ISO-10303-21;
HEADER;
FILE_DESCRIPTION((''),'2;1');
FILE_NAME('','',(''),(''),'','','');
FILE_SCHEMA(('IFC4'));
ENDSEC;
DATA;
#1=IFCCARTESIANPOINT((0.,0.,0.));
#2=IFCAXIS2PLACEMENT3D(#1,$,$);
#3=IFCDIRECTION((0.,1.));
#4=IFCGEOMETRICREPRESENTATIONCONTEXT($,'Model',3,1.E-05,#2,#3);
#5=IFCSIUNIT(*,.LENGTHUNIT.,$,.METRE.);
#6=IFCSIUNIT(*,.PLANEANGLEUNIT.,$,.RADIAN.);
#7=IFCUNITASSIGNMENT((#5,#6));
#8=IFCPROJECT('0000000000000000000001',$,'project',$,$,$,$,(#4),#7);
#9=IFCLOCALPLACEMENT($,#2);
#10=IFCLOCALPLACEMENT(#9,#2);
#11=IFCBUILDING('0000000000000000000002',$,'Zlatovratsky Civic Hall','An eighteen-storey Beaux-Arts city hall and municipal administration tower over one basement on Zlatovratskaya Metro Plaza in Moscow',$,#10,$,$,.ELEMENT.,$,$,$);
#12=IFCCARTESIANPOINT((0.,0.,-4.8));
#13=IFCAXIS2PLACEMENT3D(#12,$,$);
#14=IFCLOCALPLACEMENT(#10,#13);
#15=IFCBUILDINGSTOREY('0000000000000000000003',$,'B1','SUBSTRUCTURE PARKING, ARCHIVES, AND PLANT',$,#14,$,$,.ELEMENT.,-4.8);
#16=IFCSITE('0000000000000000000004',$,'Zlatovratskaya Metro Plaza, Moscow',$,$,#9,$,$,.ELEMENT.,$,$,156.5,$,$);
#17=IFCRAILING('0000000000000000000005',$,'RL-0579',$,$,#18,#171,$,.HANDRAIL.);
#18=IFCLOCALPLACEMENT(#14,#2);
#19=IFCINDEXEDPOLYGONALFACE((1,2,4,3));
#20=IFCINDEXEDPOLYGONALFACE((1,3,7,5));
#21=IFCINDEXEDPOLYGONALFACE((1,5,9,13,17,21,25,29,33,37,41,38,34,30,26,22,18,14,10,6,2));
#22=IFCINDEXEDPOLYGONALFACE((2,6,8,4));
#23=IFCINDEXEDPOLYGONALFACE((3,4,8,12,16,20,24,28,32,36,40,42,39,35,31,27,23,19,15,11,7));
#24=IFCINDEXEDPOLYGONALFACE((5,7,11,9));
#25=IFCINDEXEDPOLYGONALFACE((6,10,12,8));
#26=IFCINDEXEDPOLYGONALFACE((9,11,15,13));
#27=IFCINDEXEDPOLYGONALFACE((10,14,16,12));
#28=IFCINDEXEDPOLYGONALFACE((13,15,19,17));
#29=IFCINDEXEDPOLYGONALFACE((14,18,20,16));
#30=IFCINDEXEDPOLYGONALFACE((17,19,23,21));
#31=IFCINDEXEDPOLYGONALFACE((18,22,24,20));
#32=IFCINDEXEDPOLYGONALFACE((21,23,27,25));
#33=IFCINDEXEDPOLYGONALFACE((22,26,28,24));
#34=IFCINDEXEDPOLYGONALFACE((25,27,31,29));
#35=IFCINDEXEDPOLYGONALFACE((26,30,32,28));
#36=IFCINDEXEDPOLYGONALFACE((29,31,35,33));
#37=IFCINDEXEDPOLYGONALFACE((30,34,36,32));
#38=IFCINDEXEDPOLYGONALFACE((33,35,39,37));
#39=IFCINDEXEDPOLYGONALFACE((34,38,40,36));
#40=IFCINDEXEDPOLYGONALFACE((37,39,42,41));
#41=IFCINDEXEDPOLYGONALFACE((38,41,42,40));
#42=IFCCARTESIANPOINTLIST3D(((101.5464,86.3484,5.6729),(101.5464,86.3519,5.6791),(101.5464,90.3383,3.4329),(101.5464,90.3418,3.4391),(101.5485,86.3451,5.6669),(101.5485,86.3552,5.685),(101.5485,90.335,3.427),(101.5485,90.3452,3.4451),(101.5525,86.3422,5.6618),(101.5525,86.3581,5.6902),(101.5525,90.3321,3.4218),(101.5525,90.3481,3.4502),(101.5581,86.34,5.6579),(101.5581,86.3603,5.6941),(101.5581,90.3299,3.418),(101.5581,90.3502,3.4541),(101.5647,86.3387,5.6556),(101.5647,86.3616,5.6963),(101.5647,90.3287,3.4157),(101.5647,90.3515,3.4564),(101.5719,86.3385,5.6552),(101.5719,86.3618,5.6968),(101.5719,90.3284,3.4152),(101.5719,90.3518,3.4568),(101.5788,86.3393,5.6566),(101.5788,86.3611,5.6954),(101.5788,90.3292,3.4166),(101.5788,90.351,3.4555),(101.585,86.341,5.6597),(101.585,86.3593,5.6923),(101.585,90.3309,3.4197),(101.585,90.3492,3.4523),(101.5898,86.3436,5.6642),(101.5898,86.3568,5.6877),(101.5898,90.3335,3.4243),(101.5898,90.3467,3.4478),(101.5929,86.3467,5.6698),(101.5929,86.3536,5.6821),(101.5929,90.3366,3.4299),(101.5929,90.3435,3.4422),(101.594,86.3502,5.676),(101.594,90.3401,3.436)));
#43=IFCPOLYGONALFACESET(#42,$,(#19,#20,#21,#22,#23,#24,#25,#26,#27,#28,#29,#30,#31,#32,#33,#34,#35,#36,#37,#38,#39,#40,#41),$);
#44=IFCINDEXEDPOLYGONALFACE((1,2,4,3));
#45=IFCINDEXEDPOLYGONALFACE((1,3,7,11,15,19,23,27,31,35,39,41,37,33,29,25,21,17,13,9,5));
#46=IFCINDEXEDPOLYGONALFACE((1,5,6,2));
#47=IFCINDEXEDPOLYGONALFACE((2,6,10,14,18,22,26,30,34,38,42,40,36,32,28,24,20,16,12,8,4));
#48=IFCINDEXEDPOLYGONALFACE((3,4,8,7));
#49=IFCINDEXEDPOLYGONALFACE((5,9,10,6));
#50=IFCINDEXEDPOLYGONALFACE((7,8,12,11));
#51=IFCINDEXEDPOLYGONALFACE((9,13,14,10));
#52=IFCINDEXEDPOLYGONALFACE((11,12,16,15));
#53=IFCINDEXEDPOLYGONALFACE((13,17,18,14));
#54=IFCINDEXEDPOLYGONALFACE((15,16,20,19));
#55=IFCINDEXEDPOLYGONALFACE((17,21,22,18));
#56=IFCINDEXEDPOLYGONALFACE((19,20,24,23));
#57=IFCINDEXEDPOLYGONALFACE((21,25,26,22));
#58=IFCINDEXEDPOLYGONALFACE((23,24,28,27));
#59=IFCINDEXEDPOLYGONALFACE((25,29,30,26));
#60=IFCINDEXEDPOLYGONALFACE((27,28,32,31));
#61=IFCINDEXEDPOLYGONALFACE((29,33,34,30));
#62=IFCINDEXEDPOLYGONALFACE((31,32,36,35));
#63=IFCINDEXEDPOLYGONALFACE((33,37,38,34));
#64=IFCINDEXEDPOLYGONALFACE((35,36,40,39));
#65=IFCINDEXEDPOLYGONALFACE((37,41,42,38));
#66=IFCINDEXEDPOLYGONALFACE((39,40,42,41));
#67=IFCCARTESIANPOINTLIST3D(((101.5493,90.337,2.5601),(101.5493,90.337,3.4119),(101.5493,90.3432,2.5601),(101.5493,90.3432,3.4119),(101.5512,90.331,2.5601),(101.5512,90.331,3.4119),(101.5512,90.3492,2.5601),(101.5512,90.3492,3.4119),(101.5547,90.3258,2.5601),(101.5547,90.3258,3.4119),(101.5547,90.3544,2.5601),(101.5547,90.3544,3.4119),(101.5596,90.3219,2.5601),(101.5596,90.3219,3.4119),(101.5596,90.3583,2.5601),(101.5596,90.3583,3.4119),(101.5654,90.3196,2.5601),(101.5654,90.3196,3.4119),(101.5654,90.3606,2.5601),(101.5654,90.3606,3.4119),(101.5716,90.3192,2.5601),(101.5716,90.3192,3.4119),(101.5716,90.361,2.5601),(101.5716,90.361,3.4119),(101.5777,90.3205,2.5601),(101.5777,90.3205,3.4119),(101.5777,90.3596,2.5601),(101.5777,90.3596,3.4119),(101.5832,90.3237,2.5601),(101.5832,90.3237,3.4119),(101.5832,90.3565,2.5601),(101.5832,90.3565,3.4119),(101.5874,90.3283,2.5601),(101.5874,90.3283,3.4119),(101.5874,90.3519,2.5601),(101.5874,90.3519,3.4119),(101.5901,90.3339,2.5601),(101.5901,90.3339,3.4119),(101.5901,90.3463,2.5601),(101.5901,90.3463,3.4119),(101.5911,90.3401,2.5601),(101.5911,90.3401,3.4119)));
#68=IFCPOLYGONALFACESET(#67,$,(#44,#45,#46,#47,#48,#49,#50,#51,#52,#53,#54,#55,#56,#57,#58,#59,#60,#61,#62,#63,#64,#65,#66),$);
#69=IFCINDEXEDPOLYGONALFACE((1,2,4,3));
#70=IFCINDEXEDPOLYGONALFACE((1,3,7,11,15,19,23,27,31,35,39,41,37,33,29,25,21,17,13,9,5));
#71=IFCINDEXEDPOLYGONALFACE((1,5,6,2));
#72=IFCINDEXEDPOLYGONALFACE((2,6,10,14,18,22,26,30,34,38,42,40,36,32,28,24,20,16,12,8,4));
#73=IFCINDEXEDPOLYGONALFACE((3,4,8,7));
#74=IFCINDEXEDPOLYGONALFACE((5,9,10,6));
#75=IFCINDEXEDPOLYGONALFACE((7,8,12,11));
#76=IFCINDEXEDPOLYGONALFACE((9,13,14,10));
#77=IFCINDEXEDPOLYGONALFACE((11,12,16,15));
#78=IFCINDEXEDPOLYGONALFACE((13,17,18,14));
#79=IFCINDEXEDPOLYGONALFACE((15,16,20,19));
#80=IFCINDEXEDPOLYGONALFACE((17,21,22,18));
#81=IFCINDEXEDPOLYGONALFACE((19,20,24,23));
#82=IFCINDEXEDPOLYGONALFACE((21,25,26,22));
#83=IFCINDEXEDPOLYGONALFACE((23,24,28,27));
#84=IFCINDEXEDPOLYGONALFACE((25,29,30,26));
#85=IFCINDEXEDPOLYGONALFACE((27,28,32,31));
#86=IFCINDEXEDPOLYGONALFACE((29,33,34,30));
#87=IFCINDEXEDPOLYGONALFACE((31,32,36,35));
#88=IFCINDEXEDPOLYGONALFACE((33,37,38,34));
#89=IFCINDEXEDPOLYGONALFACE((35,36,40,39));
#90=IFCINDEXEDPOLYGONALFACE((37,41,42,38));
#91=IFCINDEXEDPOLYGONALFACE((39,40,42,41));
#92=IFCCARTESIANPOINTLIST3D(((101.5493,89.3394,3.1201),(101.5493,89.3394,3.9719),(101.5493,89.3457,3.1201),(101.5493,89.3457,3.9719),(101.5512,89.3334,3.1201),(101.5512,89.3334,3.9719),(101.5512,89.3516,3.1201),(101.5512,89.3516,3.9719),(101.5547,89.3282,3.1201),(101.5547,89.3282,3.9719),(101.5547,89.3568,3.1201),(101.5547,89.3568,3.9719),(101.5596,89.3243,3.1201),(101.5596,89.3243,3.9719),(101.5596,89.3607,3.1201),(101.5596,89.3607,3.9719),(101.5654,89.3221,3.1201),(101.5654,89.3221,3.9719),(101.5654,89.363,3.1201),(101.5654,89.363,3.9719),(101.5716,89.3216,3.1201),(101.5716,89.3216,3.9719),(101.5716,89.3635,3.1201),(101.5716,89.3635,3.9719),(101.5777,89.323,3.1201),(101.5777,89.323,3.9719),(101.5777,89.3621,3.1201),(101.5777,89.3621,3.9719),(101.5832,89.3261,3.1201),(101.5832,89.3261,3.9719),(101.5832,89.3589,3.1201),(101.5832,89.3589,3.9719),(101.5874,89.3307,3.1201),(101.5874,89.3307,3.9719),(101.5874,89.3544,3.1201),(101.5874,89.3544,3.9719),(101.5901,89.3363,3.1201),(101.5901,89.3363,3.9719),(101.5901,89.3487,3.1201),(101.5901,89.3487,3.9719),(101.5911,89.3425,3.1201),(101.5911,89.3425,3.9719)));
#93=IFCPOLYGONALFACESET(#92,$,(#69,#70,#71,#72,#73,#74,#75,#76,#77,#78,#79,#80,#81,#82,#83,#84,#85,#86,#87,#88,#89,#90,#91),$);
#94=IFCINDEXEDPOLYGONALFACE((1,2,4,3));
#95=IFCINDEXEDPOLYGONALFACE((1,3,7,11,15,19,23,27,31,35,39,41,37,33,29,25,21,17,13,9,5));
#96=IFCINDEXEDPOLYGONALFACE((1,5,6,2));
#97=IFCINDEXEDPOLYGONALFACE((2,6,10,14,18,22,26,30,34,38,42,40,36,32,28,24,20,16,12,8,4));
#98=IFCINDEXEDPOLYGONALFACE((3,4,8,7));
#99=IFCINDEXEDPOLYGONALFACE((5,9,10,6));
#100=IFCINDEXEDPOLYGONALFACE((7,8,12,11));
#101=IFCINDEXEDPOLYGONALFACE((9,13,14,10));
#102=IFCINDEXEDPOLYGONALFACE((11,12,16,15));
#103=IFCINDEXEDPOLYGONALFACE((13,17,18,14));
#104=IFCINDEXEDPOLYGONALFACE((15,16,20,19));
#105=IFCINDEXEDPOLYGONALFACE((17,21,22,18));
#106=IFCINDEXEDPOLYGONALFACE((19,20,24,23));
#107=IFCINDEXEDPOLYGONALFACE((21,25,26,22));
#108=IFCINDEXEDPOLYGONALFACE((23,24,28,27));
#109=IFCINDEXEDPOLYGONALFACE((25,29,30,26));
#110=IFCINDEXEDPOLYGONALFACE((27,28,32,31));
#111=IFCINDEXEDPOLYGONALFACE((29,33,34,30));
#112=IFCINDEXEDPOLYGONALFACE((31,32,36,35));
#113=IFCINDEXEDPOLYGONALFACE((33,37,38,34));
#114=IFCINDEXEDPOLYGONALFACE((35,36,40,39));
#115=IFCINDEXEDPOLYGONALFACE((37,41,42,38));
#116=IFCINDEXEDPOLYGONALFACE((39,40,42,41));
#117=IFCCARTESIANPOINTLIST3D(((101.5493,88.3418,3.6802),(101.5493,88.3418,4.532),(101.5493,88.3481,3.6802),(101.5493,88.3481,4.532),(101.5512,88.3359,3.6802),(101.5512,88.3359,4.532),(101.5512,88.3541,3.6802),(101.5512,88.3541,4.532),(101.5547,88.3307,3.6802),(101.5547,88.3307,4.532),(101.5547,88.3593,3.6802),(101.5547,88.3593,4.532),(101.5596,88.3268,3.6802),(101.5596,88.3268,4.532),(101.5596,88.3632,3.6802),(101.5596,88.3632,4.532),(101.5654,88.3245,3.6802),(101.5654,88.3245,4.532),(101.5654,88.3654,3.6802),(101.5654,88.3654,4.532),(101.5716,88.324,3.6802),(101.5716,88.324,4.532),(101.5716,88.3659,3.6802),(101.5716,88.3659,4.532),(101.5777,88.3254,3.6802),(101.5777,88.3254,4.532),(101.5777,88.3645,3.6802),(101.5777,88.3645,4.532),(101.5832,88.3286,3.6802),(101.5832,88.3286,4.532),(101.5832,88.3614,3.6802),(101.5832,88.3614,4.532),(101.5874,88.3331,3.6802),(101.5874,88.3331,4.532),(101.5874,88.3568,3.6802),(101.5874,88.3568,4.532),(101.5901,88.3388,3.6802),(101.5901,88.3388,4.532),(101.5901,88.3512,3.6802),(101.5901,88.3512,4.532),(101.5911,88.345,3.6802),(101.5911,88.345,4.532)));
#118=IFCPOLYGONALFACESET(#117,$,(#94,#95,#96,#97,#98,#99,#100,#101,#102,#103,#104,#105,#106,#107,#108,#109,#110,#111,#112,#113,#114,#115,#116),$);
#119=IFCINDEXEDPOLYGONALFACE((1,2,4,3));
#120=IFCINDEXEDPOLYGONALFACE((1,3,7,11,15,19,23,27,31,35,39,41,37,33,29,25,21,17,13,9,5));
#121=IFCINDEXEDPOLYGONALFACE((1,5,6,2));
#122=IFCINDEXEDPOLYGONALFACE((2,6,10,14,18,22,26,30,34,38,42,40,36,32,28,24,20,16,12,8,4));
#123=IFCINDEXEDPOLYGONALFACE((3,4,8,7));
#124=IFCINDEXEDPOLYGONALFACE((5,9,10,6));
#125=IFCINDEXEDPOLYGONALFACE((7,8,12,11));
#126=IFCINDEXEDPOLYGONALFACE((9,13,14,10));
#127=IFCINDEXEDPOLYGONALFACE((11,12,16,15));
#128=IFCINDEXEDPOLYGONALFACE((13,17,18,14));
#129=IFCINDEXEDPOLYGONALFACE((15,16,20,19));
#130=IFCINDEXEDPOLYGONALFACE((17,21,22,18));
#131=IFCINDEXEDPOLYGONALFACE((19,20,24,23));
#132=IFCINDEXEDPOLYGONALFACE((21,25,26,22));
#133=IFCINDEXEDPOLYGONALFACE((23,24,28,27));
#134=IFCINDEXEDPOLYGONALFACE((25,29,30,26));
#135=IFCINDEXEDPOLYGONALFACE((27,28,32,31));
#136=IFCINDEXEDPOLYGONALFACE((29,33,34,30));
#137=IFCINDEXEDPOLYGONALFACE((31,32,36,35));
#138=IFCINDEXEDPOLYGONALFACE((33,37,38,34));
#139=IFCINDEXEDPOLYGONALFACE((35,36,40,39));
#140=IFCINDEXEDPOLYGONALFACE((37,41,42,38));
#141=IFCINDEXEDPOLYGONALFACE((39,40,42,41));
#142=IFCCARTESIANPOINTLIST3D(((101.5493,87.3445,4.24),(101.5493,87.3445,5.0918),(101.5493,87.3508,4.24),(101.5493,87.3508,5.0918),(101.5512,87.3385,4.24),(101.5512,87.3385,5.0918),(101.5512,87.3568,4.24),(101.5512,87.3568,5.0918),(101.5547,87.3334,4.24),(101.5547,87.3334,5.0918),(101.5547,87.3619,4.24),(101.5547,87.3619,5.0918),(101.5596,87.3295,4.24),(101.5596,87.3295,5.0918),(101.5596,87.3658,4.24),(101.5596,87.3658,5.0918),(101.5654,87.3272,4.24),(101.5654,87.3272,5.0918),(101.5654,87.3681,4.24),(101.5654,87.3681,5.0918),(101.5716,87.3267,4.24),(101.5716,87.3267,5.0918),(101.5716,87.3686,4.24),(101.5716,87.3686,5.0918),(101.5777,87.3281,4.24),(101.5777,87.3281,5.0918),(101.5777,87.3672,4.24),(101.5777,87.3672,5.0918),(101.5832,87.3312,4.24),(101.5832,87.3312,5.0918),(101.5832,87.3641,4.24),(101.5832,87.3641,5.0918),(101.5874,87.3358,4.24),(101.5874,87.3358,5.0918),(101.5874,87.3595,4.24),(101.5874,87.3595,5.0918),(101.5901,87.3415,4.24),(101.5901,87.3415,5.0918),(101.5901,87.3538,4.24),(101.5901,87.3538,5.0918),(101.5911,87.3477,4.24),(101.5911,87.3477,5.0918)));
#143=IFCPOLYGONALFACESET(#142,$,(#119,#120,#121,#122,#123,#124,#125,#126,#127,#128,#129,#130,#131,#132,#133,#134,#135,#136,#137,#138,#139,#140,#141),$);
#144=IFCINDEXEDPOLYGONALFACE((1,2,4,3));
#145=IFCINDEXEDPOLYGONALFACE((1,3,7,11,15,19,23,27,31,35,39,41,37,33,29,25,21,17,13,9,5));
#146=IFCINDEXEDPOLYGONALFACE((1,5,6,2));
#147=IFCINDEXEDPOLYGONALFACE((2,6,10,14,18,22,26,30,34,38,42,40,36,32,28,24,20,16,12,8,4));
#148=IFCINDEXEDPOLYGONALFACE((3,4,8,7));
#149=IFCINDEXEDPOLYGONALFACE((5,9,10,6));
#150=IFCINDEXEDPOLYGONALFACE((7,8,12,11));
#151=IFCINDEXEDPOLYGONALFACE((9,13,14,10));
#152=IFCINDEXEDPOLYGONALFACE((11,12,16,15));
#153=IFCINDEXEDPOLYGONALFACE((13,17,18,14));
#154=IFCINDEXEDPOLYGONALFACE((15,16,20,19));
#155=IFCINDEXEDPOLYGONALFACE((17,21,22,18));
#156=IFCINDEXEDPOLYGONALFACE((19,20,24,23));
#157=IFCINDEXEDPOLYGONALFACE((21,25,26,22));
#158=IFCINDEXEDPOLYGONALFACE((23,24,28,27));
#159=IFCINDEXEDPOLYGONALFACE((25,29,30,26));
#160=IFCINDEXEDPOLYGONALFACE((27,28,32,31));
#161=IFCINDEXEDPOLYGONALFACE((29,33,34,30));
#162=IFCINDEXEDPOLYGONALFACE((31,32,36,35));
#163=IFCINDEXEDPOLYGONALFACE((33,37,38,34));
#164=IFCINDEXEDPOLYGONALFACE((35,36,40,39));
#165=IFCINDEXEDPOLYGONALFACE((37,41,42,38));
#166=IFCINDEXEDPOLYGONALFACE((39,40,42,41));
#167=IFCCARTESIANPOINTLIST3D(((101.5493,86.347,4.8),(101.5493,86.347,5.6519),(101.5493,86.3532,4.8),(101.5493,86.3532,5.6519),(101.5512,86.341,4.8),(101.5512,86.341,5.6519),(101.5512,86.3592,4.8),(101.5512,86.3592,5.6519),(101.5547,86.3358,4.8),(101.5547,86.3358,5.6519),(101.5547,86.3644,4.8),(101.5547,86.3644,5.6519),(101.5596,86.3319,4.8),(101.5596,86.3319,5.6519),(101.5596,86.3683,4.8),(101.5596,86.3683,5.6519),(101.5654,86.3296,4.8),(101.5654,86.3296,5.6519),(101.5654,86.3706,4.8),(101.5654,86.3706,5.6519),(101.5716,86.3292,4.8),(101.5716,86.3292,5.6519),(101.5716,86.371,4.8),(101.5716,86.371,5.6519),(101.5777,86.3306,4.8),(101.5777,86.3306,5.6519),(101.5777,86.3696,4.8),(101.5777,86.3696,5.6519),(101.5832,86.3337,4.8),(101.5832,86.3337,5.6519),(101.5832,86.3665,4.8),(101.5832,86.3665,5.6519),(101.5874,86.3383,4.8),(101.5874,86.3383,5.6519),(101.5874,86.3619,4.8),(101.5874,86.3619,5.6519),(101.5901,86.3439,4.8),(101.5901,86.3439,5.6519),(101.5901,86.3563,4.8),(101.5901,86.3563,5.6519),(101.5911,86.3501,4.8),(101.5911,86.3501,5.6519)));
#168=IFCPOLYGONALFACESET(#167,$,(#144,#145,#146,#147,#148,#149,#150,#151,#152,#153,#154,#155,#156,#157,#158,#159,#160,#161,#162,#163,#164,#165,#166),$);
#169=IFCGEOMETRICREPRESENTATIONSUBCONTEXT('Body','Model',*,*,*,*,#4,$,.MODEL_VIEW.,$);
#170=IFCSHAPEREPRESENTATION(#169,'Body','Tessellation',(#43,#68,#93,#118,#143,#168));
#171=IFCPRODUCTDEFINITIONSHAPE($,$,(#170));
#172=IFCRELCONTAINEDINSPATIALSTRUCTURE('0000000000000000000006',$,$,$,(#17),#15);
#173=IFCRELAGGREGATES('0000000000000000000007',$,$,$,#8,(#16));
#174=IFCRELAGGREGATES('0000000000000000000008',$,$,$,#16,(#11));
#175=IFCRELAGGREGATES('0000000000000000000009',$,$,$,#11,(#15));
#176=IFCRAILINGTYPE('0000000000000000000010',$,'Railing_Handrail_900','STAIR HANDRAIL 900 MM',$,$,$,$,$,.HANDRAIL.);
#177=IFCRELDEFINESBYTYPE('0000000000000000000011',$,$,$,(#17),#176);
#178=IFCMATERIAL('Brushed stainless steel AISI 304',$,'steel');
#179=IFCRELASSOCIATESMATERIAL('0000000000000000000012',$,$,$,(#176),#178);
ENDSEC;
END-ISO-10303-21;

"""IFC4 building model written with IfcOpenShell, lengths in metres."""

from ifc_helpers import new_model, si_unit, direction, frame, origin, origin_2d, place, context, subcontext, project, spatial, circle, extrude, material, type_object, element, save


model = new_model("IFC4")

# Units and contexts
model_context = context("Model", 3, precision=1e-05, world=origin(), true_north=direction((0.0, 1.0)))
body_context = subcontext(model_context, "Body", "Model", "MODEL_VIEW")
ifc_project = project(units=[si_unit("LENGTHUNIT", "METRE"), si_unit("PLANEANGLEUNIT", "RADIAN")], contexts=[model_context])

# Site, building, storey
site_placement = place(None, origin())
site = spatial("IfcSite", under=ifc_project, at=site_placement, Name="Zlatovratskaya Metro Plaza, Moscow", CompositionType="ELEMENT", RefElevation=156.5)
building_placement = place(site_placement, origin())
building = spatial("IfcBuilding", under=site, at=building_placement, Name="Zlatovratsky Civic Hall", Description="An eighteen-storey Beaux-Arts city hall and municipal administration tower over one basement on Zlatovratskaya Metro Plaza in Moscow", CompositionType="ELEMENT")
storey_placement = place(building_placement, frame((0.0, 0.0, -4.8)))
storey = spatial("IfcBuildingStorey", under=building, at=storey_placement, Name="B1", Description="SUBSTRUCTURE PARKING, ARCHIVES, AND PLANT", CompositionType="ELEMENT", Elevation=-4.8)

# Railing
ifc_material_1 = material(Name="Brushed stainless steel AISI 304", Category="steel")
railing_type_1 = type_object("IfcRailingType", Name="Railing_Handrail_900", Description="STAIR HANDRAIL 900 MM", PredefinedType="HANDRAIL", material=ifc_material_1)
railing_1_placement = place(storey_placement, frame((101.5701, 90.3401, 2.5601)))
element("IfcRailing", 1, at=railing_1_placement, inside=storey, type_object=railing_type_1, Name="RL-0579", PredefinedType="HANDRAIL", context=body_context, shape_type="SweptSolid", body=[
    extrude(circle(Radius=0.0239, at=origin_2d()), frame((0.0, 0.0, 0.876), z_axis=(0.0, -0.871984, 0.489534), x_axis=(1.0, 0.0, 0.0)), (0.0, 0.0, 1.0), 4.5757),
    extrude(circle(Radius=0.021, at=origin_2d()), origin(), (0.0, 0.0, 1.0), 0.8518),
    extrude(circle(Radius=0.021, at=origin_2d()), frame((0.0, -0.9976, 0.5601)), (0.0, 0.0, 1.0), 0.8518),
    extrude(circle(Radius=0.021, at=origin_2d()), frame((0.0, -1.9951, 1.1201)), (0.0, 0.0, 1.0), 0.8518),
    extrude(circle(Radius=0.021, at=origin_2d()), frame((0.0, -2.9924, 1.6799)), (0.0, 0.0, 1.0), 0.8518),
    extrude(circle(Radius=0.021, at=origin_2d()), frame((0.0, -3.99, 2.24)), (0.0, 0.0, 1.0), 0.8518),
])

save(model, "model.ifc")
